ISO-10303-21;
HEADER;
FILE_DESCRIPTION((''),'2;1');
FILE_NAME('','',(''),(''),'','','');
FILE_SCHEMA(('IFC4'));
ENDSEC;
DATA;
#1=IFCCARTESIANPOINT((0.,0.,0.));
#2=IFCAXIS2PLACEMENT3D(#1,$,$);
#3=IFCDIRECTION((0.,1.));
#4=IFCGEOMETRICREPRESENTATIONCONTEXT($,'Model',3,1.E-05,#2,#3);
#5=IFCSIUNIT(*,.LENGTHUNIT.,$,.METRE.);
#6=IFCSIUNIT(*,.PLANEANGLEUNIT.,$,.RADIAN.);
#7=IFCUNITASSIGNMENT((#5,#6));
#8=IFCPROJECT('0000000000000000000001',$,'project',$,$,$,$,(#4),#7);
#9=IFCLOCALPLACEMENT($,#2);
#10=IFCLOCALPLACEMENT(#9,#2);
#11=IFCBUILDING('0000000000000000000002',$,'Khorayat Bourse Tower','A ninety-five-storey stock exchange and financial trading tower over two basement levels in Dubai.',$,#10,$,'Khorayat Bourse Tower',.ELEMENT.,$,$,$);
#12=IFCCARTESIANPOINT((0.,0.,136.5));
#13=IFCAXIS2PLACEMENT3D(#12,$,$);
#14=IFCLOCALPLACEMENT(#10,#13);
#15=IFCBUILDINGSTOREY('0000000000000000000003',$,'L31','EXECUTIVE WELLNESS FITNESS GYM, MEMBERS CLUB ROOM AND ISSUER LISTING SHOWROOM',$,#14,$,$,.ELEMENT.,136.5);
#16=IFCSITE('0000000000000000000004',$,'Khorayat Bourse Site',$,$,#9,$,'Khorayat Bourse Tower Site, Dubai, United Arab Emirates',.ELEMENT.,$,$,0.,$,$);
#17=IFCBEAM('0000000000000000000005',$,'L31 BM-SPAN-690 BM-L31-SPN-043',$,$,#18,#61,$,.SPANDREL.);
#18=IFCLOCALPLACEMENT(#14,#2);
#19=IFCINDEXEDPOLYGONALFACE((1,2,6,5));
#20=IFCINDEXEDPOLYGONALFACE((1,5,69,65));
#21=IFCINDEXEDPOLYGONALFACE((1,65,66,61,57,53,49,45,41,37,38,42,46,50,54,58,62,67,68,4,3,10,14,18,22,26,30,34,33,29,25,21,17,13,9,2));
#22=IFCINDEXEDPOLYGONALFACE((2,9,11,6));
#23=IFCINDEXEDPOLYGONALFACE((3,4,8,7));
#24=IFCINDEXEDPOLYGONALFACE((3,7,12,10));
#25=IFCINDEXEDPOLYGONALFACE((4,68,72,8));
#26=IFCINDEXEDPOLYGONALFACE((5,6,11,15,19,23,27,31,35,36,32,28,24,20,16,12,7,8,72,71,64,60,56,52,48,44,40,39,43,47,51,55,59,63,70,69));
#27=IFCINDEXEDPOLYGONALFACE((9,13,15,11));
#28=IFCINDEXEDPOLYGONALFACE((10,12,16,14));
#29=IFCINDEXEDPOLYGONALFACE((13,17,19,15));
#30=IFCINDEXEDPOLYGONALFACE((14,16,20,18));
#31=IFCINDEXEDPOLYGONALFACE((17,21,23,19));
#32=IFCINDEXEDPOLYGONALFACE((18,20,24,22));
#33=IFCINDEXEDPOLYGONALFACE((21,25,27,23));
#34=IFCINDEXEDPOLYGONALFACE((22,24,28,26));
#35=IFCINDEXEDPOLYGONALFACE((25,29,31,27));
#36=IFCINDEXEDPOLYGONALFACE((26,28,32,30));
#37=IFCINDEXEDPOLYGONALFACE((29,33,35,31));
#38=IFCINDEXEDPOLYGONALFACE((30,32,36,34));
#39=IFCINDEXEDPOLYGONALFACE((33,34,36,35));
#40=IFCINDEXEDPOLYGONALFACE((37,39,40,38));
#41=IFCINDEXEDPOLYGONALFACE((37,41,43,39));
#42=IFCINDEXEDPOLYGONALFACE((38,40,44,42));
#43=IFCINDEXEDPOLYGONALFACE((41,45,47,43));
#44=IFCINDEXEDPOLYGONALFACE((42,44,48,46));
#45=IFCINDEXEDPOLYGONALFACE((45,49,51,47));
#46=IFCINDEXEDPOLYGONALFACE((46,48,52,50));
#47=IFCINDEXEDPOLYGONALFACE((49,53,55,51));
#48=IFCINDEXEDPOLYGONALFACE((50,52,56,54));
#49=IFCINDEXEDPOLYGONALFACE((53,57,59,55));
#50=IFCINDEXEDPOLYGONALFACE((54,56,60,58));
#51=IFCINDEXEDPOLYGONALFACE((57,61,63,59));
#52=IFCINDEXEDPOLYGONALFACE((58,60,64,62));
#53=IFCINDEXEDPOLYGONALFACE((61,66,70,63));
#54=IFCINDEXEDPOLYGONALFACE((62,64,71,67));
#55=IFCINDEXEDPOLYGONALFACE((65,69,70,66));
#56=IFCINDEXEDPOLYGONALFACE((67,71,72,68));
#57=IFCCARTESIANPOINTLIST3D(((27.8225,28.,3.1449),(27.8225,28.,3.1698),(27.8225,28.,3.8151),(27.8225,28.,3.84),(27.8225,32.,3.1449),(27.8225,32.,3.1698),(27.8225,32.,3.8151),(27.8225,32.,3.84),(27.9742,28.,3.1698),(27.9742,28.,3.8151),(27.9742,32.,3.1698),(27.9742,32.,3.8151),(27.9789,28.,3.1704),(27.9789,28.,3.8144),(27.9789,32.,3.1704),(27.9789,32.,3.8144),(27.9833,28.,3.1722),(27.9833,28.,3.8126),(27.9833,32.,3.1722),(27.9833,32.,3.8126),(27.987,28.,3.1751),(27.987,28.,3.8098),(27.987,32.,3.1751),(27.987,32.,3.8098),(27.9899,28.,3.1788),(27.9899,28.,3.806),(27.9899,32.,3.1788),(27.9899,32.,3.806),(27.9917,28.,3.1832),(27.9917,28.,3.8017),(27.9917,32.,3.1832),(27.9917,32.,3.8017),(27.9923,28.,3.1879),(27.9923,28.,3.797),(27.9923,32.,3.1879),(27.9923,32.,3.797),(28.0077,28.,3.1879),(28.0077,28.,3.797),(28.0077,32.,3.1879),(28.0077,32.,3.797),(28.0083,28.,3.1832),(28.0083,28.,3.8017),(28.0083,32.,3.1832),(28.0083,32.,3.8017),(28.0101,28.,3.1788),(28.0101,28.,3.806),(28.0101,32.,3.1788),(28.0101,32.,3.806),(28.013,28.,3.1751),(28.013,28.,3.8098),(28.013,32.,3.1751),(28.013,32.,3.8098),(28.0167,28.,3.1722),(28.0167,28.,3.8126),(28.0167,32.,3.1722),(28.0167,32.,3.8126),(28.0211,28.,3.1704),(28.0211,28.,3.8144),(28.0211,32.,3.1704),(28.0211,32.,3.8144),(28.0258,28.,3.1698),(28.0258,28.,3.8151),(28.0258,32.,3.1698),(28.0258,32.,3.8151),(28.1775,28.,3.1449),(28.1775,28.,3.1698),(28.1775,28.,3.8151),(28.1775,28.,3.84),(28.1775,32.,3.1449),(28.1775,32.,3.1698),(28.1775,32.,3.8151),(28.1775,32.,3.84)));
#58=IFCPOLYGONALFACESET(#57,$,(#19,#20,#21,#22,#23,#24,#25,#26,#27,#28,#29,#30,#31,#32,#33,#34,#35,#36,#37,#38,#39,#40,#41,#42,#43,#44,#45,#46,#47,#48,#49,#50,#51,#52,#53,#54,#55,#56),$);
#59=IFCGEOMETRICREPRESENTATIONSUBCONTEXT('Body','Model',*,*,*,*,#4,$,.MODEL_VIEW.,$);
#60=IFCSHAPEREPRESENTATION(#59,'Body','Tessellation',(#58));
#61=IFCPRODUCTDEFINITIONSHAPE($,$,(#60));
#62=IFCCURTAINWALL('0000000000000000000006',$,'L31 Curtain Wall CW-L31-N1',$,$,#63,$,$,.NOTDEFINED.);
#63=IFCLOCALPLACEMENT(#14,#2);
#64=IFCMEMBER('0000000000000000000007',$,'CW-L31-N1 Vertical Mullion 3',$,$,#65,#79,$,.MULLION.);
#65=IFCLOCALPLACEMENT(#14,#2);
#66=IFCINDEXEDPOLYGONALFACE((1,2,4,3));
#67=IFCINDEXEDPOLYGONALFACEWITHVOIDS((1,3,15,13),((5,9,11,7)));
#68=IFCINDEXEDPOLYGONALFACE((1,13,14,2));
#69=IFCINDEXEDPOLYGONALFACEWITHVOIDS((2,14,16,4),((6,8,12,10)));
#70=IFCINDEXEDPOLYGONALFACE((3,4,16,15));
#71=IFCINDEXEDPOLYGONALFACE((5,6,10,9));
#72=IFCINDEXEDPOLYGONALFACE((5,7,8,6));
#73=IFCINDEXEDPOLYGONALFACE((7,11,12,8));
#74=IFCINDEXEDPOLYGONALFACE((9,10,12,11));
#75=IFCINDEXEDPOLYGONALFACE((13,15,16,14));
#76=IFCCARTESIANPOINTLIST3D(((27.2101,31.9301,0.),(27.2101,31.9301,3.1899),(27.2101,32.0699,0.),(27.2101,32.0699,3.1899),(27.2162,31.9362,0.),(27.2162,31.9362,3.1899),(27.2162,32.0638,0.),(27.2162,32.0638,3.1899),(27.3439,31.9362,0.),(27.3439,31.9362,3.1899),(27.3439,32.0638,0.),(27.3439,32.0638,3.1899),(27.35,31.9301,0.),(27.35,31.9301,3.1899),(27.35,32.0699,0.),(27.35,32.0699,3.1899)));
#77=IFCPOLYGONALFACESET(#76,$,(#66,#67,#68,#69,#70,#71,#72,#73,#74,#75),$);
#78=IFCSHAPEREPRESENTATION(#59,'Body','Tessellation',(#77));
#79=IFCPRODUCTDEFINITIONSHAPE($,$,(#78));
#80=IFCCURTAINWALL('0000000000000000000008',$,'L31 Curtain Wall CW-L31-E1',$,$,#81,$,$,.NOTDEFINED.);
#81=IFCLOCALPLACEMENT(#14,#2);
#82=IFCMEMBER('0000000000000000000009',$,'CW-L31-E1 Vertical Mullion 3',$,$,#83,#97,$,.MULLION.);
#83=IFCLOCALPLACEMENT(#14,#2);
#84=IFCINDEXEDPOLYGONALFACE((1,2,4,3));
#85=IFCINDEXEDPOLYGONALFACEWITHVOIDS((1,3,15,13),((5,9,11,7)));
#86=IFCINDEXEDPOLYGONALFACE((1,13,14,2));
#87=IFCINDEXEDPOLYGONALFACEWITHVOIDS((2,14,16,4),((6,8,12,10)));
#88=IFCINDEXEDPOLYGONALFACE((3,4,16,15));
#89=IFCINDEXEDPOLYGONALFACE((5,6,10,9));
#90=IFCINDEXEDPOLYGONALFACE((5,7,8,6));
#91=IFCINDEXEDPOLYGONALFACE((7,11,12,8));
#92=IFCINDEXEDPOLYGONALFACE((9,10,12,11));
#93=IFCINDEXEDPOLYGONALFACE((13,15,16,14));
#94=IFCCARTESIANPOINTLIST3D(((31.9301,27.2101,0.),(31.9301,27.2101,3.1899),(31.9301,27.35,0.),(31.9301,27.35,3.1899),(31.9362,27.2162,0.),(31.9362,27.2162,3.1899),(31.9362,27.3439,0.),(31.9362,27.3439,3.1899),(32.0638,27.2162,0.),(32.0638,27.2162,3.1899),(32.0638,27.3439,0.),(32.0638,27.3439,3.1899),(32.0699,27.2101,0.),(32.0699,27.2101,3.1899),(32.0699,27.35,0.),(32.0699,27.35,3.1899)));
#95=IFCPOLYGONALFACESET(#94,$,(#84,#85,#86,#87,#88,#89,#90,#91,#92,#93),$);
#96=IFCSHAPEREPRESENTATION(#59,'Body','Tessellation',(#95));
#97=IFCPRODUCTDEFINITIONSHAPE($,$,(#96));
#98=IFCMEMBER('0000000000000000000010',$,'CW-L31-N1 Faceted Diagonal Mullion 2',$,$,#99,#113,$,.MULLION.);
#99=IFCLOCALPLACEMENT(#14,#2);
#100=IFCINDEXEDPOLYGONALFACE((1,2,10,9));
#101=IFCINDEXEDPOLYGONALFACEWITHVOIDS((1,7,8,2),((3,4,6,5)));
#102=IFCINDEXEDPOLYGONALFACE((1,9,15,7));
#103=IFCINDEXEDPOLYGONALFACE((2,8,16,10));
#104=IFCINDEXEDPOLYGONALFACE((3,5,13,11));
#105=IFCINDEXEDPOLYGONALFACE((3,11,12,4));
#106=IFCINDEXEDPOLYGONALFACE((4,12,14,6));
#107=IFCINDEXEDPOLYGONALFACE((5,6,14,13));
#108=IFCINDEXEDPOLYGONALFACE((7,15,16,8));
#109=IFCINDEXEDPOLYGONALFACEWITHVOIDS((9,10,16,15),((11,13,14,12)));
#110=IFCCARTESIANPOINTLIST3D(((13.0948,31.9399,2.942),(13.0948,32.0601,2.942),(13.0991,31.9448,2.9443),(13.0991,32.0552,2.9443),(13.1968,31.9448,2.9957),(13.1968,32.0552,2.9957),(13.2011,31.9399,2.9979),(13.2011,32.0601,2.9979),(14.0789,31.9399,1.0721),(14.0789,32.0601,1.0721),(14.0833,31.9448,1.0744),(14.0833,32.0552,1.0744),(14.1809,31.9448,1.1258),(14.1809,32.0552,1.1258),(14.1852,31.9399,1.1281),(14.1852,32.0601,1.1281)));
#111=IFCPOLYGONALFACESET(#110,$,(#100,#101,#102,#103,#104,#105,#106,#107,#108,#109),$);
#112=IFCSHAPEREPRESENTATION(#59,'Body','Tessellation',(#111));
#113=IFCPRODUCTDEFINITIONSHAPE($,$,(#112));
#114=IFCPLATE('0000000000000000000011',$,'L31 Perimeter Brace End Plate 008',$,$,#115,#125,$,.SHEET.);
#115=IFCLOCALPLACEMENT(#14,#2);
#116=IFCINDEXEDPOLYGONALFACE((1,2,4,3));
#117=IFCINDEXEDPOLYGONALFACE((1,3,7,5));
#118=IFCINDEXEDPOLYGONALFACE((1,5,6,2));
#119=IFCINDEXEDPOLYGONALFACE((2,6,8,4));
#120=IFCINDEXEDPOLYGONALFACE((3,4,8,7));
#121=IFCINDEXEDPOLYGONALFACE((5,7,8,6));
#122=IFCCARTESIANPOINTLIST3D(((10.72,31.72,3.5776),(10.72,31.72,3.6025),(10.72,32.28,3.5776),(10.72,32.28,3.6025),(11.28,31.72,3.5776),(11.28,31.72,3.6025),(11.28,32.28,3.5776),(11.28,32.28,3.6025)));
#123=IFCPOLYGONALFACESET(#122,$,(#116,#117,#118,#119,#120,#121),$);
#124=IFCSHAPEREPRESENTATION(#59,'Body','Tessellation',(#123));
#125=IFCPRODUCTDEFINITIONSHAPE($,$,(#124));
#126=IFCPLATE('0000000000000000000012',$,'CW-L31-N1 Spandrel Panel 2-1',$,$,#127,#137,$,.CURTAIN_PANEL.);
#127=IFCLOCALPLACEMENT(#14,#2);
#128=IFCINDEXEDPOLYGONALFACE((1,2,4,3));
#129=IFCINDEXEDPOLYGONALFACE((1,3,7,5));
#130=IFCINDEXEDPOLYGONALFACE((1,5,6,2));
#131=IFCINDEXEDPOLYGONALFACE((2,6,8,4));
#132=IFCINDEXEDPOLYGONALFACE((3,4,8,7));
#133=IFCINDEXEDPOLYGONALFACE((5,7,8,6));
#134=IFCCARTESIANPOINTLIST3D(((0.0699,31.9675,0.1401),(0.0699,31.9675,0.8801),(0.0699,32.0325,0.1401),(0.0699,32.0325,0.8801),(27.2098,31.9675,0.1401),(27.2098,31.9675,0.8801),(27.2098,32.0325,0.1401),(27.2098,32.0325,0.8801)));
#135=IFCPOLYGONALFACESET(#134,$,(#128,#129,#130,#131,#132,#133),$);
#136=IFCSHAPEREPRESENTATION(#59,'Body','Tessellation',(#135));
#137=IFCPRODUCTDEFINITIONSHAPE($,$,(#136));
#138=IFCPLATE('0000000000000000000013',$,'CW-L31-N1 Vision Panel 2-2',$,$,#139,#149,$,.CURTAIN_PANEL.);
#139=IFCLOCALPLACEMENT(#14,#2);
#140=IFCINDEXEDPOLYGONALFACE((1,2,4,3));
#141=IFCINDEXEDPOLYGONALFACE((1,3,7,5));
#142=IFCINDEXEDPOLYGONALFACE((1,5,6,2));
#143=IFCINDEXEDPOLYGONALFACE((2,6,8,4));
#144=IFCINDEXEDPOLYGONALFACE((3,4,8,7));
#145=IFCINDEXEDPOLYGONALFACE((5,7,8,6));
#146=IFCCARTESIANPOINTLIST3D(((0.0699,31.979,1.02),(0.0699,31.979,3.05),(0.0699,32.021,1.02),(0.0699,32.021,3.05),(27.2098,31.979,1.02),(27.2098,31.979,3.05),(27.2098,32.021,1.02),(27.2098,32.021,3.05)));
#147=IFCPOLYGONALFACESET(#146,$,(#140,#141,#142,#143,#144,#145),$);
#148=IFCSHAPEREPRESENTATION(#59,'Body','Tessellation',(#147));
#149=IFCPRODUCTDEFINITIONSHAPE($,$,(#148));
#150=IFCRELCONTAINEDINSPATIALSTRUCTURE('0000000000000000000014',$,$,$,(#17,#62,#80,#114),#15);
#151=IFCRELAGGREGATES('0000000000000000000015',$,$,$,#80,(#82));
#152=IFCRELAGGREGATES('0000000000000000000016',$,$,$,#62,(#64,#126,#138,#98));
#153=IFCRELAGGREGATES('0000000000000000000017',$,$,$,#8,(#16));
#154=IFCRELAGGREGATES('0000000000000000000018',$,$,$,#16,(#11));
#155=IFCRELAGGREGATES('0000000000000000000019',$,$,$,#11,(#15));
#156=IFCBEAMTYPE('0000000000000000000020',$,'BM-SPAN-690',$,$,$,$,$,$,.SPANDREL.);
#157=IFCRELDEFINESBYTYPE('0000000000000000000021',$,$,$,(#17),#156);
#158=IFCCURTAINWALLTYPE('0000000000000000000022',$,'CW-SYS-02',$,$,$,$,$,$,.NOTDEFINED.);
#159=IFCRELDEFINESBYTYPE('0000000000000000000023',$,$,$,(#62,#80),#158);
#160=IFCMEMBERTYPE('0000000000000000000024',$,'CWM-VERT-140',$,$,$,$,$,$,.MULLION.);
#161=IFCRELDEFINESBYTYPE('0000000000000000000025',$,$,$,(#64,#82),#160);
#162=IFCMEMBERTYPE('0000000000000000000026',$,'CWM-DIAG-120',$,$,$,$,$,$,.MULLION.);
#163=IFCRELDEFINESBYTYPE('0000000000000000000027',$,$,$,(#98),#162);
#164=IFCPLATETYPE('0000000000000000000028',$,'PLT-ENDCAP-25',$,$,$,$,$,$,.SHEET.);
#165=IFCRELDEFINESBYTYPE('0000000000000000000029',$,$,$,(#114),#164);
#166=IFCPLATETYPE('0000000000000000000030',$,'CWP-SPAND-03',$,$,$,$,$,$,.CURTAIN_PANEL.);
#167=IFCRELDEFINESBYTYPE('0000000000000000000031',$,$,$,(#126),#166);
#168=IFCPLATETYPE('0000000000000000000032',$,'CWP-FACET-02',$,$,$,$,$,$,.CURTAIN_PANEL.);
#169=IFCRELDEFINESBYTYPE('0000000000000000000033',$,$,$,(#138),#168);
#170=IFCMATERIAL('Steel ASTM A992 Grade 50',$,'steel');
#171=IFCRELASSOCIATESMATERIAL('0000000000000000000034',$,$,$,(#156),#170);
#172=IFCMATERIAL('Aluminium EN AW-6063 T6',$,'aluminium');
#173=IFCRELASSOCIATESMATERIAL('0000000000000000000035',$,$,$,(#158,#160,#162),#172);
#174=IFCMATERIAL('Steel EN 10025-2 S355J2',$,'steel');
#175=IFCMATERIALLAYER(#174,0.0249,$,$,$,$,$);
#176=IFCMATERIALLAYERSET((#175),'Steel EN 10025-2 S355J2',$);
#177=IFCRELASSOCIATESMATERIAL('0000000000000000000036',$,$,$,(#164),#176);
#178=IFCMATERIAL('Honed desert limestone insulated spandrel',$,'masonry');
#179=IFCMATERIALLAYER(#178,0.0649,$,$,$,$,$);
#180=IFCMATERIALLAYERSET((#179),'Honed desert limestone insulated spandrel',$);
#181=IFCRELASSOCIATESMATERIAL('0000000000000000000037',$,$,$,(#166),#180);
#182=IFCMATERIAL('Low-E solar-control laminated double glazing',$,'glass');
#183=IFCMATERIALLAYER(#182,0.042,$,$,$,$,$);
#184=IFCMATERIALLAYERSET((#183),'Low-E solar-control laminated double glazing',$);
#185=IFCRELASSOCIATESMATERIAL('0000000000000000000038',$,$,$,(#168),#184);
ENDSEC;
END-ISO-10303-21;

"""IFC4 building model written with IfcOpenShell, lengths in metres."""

from ifc_helpers import new_model, si_unit, direction, frame, origin, origin_2d, place, context, subcontext, project, spatial, rectangle, hollow_rectangle, i_section, extrude, source, transform, mapped, material, layer, layer_set, material_profile, profile_set, type_object, element, aggregate, save


model = new_model("IFC4")

# Units and contexts
model_context = context("Model", 3, precision=1e-05, world=origin(), true_north=direction((0.0, 1.0)))
body_context = subcontext(model_context, "Body", "Model", "MODEL_VIEW")
ifc_project = project(units=[si_unit("LENGTHUNIT", "METRE"), si_unit("PLANEANGLEUNIT", "RADIAN")], contexts=[model_context])

# Site, building, storey
site_placement = place(None, origin())
site = spatial("IfcSite", under=ifc_project, at=site_placement, Name="Khorayat Bourse Site", LongName="Khorayat Bourse Tower Site, Dubai, United Arab Emirates", CompositionType="ELEMENT", RefElevation=0.0)
building_placement = place(site_placement, origin())
building = spatial("IfcBuilding", under=site, at=building_placement, Name="Khorayat Bourse Tower", Description="A ninety-five-storey stock exchange and financial trading tower over two basement levels in Dubai.", LongName="Khorayat Bourse Tower", CompositionType="ELEMENT")
storey_placement = place(building_placement, frame((0.0, 0.0, 136.5)))
storey = spatial("IfcBuildingStorey", under=building, at=storey_placement, Name="L31", Description="EXECUTIVE WELLNESS FITNESS GYM, MEMBERS CLUB ROOM AND ISSUER LISTING SHOWROOM", CompositionType="ELEMENT", Elevation=136.5)

# Beam
ifc_material_1 = material(Name="Steel ASTM A992 Grade 50", Category="steel")
ifc_material_profile_1 = material_profile(ifc_material_1, i_section(OverallWidth=0.355, OverallDepth=0.6951, WebThickness=0.0154, FlangeThickness=0.0249, FilletRadius=0.0181, at=origin_2d()), Name="W690X217")
ifc_profile_set_1 = profile_set([ifc_material_profile_1], Name="Steel ASTM A992 Grade 50")
beam_type_1 = type_object("IfcBeamType", Name="BM-SPAN-690", PredefinedType="SPANDREL", material=ifc_profile_set_1)
shared_shape_1 = source(origin(), body_context, "Body", "SweptSolid", [
    extrude(i_section(OverallWidth=0.355, OverallDepth=0.6951, WebThickness=0.0154, FlangeThickness=0.0249, FilletRadius=0.0181, at=origin_2d()), origin(), (0.0, 0.0, 1.0), 4.0),
])
for number, where, z_axis, x_axis, name in (
    (1, (28.0, 28.0, 3.4924), (0.0, 1.0, 0.0), (-1.0, 0.0, 0.0), "L31 BM-SPAN-690 BM-L31-SPN-043"),
):
    element("IfcBeam", number, at=place(storey_placement, frame(where, z_axis=z_axis, x_axis=x_axis)), inside=storey, type_object=beam_type_1, Name=name, PredefinedType="SPANDREL", context=body_context, shape_type="MappedRepresentation", body=[
        mapped(shared_shape_1, transform((0.0, 0.0, 0.0), scale=1.0)),
    ])

# Curtain walls, members
ifc_material_2 = material(Name="Aluminium EN AW-6063 T6", Category="aluminium")
curtain_wall_type = type_object("IfcCurtainWallType", Name="CW-SYS-02", PredefinedType="NOTDEFINED", material=ifc_material_2)
curtain_wall_1_placement = place(storey_placement, origin())
curtain_wall_1 = element("IfcCurtainWall", 2, at=curtain_wall_1_placement, inside=storey, type_object=curtain_wall_type, Name="L31 Curtain Wall CW-L31-N1", PredefinedType="NOTDEFINED")
ifc_material_profile_2 = material_profile(ifc_material_2, hollow_rectangle(XDim=0.1399, YDim=0.1399, WallThickness=0.0061, at=origin_2d()), Name="ALU 140x140x6")
ifc_profile_set_2 = profile_set([ifc_material_profile_2], Name="Aluminium EN AW-6063 T6")
member_type_1 = type_object("IfcMemberType", Name="CWM-VERT-140", PredefinedType="MULLION", material=ifc_profile_set_2)
shared_shape_2 = source(origin(), body_context, "Body", "SweptSolid", [
    extrude(hollow_rectangle(XDim=0.1399, YDim=0.1399, WallThickness=0.0061, at=origin_2d()), origin(), (0.0, 0.0, 1.0), 3.1899),
])
member_1_placement = place(storey_placement, frame((27.28, 32.0, 0.0), z_axis=(0.0, 0.0, 1.0), x_axis=(0.0, 1.0, 0.0)))
member_1 = element("IfcMember", 3, at=member_1_placement, type_object=member_type_1, Name="CW-L31-N1 Vertical Mullion 3", PredefinedType="MULLION", context=body_context, shape_type="MappedRepresentation", body=[
    mapped(shared_shape_2, transform((0.0, 0.0, 0.0), scale=1.0)),
])
curtain_wall_2_placement = place(storey_placement, origin())
curtain_wall_2 = element("IfcCurtainWall", 4, at=curtain_wall_2_placement, inside=storey, type_object=curtain_wall_type, Name="L31 Curtain Wall CW-L31-E1", PredefinedType="NOTDEFINED")
member_2_placement = place(storey_placement, frame((32.0, 27.28, 0.0), z_axis=(0.0, 0.0, 1.0), x_axis=(-1.0, 0.0, 0.0)))
member_2 = element("IfcMember", 5, at=member_2_placement, type_object=member_type_1, Name="CW-L31-E1 Vertical Mullion 3", PredefinedType="MULLION", context=body_context, shape_type="MappedRepresentation", body=[
    mapped(shared_shape_2, transform((0.0, 0.0, 0.0), scale=1.0)),
])
aggregate(curtain_wall_2, [member_2])

# Member
ifc_material_profile_3 = material_profile(ifc_material_2, hollow_rectangle(XDim=0.1201, YDim=0.1201, WallThickness=0.0049, at=origin_2d()), Name="ALU 120x120x5")
ifc_profile_set_3 = profile_set([ifc_material_profile_3], Name="Aluminium EN AW-6063 T6")
member_type_2 = type_object("IfcMemberType", Name="CWM-DIAG-120", PredefinedType="MULLION", material=ifc_profile_set_3)
shared_shape_3 = source(origin(), body_context, "Body", "SweptSolid", [
    extrude(hollow_rectangle(XDim=0.1201, YDim=0.1201, WallThickness=0.0049, at=origin_2d()), origin(), (0.0, 0.0, 1.0), 2.113),
])
member_3_placement = place(storey_placement, frame((14.1321, 32.0, 1.1001), z_axis=(-0.465742, 0.0, 0.884921), x_axis=(0.0, -1.0, 0.0)))
member_3 = element("IfcMember", 6, at=member_3_placement, type_object=member_type_2, Name="CW-L31-N1 Faceted Diagonal Mullion 2", PredefinedType="MULLION", context=body_context, shape_type="MappedRepresentation", body=[
    mapped(shared_shape_3, transform((0.0, 0.0, 0.0), scale=1.0)),
])

# Plates
ifc_material_3 = material(Name="Steel EN 10025-2 S355J2", Category="steel")
ifc_layer_1 = layer(ifc_material_3, 0.0249)
ifc_layer_set_1 = layer_set([ifc_layer_1], Name="Steel EN 10025-2 S355J2")
plate_type_1 = type_object("IfcPlateType", Name="PLT-ENDCAP-25", PredefinedType="SHEET", material=ifc_layer_set_1)
shared_shape_4 = source(origin(), body_context, "Body", "SweptSolid", [
    extrude(rectangle(XDim=0.5601, YDim=0.5601, at=origin_2d()), origin(), (0.0, 0.0, 1.0), 0.0249),
])
plate_1_placement = place(storey_placement, frame((11.0, 32.0, 3.5776), z_axis=(0.0, 0.0, 1.0), x_axis=(1.0, 0.0, 0.0)))
element("IfcPlate", 7, at=plate_1_placement, inside=storey, type_object=plate_type_1, Name="L31 Perimeter Brace End Plate 008", PredefinedType="SHEET", context=body_context, shape_type="MappedRepresentation", body=[
    mapped(shared_shape_4, transform((0.0, 0.0, 0.0), scale=1.0)),
])
ifc_material_4 = material(Name="Honed desert limestone insulated spandrel", Category="masonry")
ifc_layer_2 = layer(ifc_material_4, 0.0649)
ifc_layer_set_2 = layer_set([ifc_layer_2], Name="Honed desert limestone insulated spandrel")
plate_type_2 = type_object("IfcPlateType", Name="CWP-SPAND-03", PredefinedType="CURTAIN_PANEL", material=ifc_layer_set_2)
shared_shape_5 = source(origin(), body_context, "Body", "SweptSolid", [
    extrude(rectangle(XDim=27.1399, YDim=0.0649, at=origin_2d()), origin(), (0.0, 0.0, 1.0), 0.74),
])
plate_2_placement = place(storey_placement, frame((13.6399, 32.0, 0.1401), z_axis=(0.0, 0.0, 1.0), x_axis=(1.0, 0.0, 0.0)))
plate_2 = element("IfcPlate", 8, at=plate_2_placement, type_object=plate_type_2, Name="CW-L31-N1 Spandrel Panel 2-1", PredefinedType="CURTAIN_PANEL", context=body_context, shape_type="MappedRepresentation", body=[
    mapped(shared_shape_5, transform((0.0, 0.0, 0.0), scale=1.0)),
])
ifc_material_5 = material(Name="Low-E solar-control laminated double glazing", Category="glass")
ifc_layer_3 = layer(ifc_material_5, 0.042)
ifc_layer_set_3 = layer_set([ifc_layer_3], Name="Low-E solar-control laminated double glazing")
plate_type_3 = type_object("IfcPlateType", Name="CWP-FACET-02", PredefinedType="CURTAIN_PANEL", material=ifc_layer_set_3)
shared_shape_6 = source(origin(), body_context, "Body", "SweptSolid", [
    extrude(rectangle(XDim=27.1399, YDim=0.042, at=origin_2d()), origin(), (0.0, 0.0, 1.0), 2.03),
])
plate_3_placement = place(storey_placement, frame((13.6399, 32.0, 1.02), z_axis=(0.0, 0.0, 1.0), x_axis=(1.0, 0.0, 0.0)))
plate_3 = element("IfcPlate", 9, at=plate_3_placement, type_object=plate_type_3, Name="CW-L31-N1 Vision Panel 2-2", PredefinedType="CURTAIN_PANEL", context=body_context, shape_type="MappedRepresentation", body=[
    mapped(shared_shape_6, transform((0.0, 0.0, 0.0), scale=1.0)),
])
aggregate(curtain_wall_1, [member_1, plate_2, plate_3, member_3])

save(model, "model.ifc")
